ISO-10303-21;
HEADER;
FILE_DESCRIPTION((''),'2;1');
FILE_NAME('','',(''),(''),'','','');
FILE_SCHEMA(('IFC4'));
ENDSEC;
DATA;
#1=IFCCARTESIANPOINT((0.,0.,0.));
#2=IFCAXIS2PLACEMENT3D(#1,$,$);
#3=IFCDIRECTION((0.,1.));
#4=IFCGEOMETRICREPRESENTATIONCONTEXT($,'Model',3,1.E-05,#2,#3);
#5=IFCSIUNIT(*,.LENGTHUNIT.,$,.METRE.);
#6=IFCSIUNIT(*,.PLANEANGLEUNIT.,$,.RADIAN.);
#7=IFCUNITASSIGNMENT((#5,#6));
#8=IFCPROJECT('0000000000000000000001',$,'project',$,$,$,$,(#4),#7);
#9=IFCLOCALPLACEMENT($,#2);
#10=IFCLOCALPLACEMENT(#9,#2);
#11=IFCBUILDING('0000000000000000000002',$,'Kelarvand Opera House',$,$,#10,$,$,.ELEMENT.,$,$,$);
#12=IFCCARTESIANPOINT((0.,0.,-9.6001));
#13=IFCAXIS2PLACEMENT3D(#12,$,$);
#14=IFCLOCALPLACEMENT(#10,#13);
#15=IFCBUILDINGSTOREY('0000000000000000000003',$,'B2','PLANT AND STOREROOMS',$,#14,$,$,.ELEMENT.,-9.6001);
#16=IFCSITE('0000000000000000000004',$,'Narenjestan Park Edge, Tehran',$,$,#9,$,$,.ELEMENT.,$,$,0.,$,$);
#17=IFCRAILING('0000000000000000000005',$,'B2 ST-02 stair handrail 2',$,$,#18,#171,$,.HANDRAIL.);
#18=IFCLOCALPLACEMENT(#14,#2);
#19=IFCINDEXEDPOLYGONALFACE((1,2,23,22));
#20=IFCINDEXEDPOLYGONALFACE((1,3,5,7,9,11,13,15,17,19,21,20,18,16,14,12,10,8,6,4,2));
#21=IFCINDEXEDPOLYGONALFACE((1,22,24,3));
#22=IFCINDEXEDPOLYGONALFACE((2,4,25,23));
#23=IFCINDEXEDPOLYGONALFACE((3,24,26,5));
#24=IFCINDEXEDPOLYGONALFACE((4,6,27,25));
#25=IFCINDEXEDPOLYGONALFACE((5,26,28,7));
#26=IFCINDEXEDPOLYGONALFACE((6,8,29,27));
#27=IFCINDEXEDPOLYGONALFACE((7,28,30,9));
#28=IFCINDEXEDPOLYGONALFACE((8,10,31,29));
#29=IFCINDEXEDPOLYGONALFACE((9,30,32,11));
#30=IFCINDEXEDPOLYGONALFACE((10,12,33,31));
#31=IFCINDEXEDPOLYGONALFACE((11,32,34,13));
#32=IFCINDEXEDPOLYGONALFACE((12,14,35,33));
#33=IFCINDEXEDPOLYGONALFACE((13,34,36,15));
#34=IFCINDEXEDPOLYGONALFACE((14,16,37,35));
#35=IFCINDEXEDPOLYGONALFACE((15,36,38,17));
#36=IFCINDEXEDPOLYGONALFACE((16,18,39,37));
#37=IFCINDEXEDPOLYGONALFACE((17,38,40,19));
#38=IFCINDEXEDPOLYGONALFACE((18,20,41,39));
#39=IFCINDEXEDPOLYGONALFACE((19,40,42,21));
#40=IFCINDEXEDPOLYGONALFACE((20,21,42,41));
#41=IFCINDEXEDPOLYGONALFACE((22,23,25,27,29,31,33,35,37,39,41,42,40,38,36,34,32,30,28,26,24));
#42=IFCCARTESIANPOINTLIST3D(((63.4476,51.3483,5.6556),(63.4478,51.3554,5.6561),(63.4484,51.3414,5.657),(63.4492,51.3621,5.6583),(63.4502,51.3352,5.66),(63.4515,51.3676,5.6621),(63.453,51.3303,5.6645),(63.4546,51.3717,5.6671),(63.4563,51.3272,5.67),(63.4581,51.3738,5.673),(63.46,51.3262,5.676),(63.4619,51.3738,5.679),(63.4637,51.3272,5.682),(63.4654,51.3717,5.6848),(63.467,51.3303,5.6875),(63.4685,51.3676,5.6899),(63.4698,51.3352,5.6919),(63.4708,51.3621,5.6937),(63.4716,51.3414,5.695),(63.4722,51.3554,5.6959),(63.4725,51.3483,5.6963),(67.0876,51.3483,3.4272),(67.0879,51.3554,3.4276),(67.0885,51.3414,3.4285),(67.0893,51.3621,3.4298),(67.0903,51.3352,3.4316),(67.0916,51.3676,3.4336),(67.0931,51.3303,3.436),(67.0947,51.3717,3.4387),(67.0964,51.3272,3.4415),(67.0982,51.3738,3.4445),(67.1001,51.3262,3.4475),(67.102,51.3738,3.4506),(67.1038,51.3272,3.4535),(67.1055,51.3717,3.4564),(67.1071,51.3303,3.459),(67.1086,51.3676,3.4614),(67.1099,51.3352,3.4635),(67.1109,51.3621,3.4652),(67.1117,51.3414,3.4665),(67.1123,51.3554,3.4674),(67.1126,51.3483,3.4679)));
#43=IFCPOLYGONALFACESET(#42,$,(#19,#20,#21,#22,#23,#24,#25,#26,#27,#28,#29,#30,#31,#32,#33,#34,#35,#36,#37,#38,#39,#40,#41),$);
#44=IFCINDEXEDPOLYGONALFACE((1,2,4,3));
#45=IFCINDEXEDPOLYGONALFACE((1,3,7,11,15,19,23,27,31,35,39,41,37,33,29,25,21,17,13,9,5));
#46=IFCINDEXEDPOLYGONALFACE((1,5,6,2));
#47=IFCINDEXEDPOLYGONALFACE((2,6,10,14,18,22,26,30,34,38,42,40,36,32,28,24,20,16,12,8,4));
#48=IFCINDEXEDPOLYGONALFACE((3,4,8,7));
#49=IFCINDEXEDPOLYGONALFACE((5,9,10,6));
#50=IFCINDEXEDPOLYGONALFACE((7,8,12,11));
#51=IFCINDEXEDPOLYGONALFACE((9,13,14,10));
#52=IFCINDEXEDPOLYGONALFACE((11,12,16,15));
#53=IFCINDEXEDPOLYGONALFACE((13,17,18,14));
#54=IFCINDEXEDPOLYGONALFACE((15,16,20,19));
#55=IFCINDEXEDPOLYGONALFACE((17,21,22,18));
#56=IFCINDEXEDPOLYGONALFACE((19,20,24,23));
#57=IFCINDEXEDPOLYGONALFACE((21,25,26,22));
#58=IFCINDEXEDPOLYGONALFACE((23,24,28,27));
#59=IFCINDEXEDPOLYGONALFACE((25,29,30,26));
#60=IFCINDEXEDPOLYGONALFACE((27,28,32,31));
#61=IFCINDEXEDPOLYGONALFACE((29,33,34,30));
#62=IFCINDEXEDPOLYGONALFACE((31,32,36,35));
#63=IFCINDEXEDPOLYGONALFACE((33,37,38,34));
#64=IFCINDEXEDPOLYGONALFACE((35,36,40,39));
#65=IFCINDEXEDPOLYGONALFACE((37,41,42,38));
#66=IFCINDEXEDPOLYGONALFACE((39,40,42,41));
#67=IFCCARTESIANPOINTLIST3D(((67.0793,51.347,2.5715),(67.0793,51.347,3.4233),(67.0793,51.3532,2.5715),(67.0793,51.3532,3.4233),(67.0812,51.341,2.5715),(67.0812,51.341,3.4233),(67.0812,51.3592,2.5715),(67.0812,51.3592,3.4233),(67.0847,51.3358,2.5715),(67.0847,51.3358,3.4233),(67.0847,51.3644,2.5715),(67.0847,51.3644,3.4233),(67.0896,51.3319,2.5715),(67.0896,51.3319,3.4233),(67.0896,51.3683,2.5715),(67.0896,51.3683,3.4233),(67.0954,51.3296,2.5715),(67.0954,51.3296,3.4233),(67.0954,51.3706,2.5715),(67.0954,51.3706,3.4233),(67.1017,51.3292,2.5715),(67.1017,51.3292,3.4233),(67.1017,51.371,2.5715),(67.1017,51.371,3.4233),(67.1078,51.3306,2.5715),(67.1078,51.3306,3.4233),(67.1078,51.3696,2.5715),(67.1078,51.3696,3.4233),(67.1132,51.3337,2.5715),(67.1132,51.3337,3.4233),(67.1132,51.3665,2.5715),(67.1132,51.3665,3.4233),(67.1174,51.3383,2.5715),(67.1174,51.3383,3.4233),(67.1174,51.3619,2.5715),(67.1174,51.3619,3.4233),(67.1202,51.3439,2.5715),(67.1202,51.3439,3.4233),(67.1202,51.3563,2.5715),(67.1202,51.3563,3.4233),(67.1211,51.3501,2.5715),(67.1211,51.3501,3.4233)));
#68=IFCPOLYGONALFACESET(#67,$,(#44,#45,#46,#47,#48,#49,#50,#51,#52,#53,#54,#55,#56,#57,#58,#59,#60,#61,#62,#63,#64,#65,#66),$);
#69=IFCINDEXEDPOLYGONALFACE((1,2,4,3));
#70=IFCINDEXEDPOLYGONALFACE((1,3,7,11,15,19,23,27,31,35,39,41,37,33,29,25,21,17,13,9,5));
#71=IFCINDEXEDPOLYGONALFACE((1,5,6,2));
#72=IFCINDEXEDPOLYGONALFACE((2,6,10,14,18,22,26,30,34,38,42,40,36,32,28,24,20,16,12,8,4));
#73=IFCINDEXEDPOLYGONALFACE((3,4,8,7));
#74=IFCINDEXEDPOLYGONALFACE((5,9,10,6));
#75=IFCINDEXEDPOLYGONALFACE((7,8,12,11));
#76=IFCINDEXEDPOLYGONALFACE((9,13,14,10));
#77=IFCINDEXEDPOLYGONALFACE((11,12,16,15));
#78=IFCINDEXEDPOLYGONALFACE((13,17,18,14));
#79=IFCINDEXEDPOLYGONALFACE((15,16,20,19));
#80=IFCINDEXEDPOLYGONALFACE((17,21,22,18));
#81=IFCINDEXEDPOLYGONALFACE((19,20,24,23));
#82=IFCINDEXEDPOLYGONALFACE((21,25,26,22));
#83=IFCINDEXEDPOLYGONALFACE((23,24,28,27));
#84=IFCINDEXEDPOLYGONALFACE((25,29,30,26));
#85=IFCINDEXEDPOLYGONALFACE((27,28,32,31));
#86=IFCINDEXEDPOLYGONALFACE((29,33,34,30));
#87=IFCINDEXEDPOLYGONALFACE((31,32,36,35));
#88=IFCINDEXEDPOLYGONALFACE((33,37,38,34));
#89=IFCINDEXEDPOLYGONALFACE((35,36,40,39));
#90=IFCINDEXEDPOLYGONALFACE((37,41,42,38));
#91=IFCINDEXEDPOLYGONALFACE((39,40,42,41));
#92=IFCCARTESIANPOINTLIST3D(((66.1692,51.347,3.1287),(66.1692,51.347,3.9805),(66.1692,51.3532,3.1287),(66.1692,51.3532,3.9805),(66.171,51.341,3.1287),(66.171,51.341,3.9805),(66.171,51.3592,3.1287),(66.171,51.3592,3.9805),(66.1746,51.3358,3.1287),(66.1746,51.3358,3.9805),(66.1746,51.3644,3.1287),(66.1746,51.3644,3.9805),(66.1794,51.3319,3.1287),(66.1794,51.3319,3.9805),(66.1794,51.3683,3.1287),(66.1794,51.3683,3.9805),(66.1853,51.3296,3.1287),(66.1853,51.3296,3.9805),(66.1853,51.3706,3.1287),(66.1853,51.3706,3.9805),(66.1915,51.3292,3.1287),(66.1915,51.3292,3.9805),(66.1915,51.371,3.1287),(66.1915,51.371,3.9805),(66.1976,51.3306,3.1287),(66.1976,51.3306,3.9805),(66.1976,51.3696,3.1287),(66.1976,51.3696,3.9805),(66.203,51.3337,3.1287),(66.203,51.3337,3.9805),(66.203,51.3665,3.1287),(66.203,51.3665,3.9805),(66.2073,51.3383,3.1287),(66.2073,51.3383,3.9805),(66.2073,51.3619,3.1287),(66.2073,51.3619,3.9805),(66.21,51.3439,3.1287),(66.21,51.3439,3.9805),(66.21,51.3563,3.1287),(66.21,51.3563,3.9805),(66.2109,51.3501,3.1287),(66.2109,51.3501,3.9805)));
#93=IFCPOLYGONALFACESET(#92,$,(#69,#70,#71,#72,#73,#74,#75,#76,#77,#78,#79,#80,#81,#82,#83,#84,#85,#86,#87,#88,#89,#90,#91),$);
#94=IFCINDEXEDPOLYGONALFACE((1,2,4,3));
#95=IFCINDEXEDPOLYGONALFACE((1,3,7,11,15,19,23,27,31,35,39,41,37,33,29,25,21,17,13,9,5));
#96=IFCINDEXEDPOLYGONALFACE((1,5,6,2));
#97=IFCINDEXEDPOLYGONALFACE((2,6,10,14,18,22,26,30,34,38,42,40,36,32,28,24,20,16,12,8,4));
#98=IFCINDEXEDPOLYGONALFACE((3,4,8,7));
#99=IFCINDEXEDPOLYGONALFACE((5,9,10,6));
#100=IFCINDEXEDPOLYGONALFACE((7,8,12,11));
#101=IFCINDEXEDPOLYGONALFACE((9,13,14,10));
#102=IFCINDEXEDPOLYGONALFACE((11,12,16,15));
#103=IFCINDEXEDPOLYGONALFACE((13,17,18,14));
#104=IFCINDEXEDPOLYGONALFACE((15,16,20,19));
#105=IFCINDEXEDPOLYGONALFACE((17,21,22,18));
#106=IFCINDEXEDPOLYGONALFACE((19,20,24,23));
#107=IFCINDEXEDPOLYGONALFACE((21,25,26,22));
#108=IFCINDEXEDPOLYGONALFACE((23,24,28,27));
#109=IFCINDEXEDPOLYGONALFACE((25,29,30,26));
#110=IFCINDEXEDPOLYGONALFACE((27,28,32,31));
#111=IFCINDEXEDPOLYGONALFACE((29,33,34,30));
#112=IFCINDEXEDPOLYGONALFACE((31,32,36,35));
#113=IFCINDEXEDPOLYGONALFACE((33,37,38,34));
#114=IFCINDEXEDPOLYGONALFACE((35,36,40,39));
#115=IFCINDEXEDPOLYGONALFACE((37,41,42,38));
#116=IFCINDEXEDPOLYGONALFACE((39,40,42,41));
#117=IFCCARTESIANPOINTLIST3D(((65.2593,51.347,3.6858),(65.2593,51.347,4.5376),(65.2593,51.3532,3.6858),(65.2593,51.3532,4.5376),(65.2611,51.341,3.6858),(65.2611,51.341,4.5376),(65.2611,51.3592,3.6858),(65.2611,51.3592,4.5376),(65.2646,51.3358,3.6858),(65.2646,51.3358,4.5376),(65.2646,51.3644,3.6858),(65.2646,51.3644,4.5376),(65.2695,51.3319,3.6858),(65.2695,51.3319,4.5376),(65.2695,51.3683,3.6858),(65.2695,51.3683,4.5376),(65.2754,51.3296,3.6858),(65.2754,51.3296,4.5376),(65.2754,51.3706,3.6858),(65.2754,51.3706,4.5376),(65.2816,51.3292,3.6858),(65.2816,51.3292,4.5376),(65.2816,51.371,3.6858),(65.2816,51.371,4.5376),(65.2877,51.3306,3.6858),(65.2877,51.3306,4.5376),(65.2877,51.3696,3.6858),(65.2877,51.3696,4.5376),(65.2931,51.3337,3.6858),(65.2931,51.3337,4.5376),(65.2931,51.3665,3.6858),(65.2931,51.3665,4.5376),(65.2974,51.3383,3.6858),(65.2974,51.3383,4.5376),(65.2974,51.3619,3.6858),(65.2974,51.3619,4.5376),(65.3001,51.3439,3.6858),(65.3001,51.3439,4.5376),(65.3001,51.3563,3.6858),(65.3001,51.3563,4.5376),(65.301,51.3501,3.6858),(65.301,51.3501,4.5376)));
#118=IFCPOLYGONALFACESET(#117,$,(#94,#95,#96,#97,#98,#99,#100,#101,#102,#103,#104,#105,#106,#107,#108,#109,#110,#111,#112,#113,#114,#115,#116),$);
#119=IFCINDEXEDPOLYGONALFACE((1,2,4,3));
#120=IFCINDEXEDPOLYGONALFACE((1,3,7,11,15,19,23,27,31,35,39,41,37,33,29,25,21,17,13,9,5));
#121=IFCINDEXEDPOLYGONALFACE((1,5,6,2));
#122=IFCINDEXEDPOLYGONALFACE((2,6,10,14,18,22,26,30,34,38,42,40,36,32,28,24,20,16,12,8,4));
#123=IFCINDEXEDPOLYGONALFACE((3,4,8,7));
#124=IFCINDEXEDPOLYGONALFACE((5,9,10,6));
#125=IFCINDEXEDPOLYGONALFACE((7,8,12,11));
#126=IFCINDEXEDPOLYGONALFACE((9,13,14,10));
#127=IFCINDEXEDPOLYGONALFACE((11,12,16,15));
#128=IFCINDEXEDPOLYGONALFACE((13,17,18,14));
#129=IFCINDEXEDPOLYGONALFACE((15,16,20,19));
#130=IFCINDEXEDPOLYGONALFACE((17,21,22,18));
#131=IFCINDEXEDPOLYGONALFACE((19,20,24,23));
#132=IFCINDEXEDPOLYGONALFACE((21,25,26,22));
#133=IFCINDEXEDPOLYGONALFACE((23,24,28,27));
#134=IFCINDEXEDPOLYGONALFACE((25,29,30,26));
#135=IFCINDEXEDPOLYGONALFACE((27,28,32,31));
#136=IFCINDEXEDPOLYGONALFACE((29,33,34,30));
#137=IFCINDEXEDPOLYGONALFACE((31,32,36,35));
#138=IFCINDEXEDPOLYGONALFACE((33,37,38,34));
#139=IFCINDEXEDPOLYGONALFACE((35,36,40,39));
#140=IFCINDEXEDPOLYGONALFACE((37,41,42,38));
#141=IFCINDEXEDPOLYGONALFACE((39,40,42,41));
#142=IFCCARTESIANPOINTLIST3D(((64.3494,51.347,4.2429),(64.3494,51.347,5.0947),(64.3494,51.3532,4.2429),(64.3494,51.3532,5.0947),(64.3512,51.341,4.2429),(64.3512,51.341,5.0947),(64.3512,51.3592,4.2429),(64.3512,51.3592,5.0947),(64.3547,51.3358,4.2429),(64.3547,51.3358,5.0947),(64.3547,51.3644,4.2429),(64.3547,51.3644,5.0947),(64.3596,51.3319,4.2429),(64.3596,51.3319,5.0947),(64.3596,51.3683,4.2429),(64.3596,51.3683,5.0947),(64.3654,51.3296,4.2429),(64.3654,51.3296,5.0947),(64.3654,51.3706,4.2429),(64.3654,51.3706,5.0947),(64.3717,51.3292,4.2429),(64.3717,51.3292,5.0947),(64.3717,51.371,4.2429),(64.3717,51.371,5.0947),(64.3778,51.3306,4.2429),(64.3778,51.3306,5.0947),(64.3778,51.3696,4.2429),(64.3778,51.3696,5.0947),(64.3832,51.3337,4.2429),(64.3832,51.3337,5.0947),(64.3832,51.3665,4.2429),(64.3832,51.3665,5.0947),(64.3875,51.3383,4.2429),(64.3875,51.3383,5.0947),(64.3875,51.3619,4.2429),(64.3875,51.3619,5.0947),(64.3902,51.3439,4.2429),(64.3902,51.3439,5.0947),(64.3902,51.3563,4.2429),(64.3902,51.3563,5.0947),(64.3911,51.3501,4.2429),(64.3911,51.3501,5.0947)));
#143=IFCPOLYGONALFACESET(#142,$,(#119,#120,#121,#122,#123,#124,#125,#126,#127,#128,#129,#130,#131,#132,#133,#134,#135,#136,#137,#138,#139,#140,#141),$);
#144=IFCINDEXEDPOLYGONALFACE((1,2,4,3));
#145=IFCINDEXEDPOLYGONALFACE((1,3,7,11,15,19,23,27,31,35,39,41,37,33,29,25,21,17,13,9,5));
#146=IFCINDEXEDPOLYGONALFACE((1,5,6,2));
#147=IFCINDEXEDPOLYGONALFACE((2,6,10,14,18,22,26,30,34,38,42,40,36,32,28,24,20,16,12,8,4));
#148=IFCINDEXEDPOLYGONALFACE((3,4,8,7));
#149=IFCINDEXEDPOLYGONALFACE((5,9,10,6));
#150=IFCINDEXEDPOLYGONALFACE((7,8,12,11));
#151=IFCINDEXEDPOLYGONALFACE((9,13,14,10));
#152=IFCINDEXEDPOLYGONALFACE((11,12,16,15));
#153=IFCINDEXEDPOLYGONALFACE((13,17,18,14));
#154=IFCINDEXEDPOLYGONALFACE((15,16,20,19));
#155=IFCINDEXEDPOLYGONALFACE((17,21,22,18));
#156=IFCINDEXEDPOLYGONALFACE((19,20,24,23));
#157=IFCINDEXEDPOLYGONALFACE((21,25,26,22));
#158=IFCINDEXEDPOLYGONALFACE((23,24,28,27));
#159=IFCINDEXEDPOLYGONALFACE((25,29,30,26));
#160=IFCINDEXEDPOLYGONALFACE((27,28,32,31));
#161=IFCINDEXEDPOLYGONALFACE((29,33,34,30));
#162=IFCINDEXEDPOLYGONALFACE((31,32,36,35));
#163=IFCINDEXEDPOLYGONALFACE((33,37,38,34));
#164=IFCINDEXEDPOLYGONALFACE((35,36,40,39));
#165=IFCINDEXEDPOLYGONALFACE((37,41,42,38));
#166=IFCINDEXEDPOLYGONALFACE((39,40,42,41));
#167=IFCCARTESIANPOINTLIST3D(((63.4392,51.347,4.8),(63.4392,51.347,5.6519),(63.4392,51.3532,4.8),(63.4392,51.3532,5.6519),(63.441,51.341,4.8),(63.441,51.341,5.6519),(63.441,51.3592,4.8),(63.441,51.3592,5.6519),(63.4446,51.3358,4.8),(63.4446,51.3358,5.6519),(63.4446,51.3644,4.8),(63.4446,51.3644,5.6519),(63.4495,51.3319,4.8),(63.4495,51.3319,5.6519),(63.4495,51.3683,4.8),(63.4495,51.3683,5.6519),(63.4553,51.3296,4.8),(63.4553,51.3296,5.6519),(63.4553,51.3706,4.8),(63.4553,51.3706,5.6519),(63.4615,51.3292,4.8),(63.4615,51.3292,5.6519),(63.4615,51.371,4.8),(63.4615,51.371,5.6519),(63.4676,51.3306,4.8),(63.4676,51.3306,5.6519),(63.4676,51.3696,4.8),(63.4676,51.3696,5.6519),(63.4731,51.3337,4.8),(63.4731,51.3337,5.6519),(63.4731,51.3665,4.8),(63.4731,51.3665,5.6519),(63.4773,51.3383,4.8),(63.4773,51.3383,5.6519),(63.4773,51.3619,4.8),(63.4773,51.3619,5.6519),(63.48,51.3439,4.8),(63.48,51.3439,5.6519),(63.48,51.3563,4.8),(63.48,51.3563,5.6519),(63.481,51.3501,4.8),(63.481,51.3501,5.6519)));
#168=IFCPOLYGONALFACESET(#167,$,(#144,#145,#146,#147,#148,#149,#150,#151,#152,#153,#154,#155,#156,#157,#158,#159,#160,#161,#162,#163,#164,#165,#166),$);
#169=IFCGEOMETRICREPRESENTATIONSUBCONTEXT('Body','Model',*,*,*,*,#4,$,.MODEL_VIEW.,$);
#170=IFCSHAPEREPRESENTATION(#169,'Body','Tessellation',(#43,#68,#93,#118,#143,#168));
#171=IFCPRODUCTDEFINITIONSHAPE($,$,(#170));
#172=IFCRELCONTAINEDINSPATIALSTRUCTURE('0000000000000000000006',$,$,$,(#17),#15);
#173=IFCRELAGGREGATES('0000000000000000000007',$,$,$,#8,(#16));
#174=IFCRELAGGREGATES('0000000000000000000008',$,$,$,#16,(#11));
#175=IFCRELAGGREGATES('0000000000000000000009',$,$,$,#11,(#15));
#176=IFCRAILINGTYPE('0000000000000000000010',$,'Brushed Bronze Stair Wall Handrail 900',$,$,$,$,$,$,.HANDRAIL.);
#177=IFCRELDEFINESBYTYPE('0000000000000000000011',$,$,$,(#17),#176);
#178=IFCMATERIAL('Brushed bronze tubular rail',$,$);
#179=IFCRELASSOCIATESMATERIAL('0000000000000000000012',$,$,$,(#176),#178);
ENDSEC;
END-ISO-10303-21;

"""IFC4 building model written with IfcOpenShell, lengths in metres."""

from ifc_helpers import new_model, si_unit, direction, frame, origin, origin_2d, place, context, subcontext, project, spatial, circle, extrude, material, type_object, element, save


model = new_model("IFC4")

# Units and contexts
model_context = context("Model", 3, precision=1e-05, world=origin(), true_north=direction((0.0, 1.0)))
body_context = subcontext(model_context, "Body", "Model", "MODEL_VIEW")
ifc_project = project(units=[si_unit("LENGTHUNIT", "METRE"), si_unit("PLANEANGLEUNIT", "RADIAN")], contexts=[model_context])

# Site, building, storey
site_placement = place(None, origin())
site = spatial("IfcSite", under=ifc_project, at=site_placement, Name="Narenjestan Park Edge, Tehran", CompositionType="ELEMENT", RefElevation=0.0)
building_placement = place(site_placement, origin())
building = spatial("IfcBuilding", under=site, at=building_placement, Name="Kelarvand Opera House", CompositionType="ELEMENT")
storey_placement = place(building_placement, frame((0.0, 0.0, -9.6001)))
storey = spatial("IfcBuildingStorey", under=building, at=storey_placement, Name="B2", Description="PLANT AND STOREROOMS", CompositionType="ELEMENT", Elevation=-9.6001)

# Railing
ifc_material_1 = material(Name="Brushed bronze tubular rail")
railing_type_1 = type_object("IfcRailingType", Name="Brushed Bronze Stair Wall Handrail 900", PredefinedType="HANDRAIL", material=ifc_material_1)
railing_1_placement = place(storey_placement, frame((67.1001, 51.3501, 2.5715)))
element("IfcRailing", 1, at=railing_1_placement, inside=storey, type_object=railing_type_1, Name="B2 ST-02 stair handrail 2", PredefinedType="HANDRAIL", context=body_context, shape_type="SweptSolid", body=[
    extrude(circle(Radius=0.0239, at=origin_2d()), frame((0.0, 0.0, 0.876), z_axis=(-0.852866, 0.0, 0.52213), x_axis=(0.0, -1.0, 0.0)), (0.0, 0.0, 1.0), 4.2681),
    extrude(circle(Radius=0.021, at=origin_2d()), origin(), (0.0, 0.0, 1.0), 0.8518),
    extrude(circle(Radius=0.021, at=origin_2d()), frame((-0.9102, 0.0, 0.5571)), (0.0, 0.0, 1.0), 0.8518),
    extrude(circle(Radius=0.021, at=origin_2d()), frame((-1.8201, 0.0, 1.1143)), (0.0, 0.0, 1.0), 0.8518),
    extrude(circle(Radius=0.021, at=origin_2d()), frame((-2.73, 0.0, 1.6714)), (0.0, 0.0, 1.0), 0.8518),
    extrude(circle(Radius=0.021, at=origin_2d()), frame((-3.6401, 0.0, 2.2285)), (0.0, 0.0, 1.0), 0.8518),
])

save(model, "model.ifc")
